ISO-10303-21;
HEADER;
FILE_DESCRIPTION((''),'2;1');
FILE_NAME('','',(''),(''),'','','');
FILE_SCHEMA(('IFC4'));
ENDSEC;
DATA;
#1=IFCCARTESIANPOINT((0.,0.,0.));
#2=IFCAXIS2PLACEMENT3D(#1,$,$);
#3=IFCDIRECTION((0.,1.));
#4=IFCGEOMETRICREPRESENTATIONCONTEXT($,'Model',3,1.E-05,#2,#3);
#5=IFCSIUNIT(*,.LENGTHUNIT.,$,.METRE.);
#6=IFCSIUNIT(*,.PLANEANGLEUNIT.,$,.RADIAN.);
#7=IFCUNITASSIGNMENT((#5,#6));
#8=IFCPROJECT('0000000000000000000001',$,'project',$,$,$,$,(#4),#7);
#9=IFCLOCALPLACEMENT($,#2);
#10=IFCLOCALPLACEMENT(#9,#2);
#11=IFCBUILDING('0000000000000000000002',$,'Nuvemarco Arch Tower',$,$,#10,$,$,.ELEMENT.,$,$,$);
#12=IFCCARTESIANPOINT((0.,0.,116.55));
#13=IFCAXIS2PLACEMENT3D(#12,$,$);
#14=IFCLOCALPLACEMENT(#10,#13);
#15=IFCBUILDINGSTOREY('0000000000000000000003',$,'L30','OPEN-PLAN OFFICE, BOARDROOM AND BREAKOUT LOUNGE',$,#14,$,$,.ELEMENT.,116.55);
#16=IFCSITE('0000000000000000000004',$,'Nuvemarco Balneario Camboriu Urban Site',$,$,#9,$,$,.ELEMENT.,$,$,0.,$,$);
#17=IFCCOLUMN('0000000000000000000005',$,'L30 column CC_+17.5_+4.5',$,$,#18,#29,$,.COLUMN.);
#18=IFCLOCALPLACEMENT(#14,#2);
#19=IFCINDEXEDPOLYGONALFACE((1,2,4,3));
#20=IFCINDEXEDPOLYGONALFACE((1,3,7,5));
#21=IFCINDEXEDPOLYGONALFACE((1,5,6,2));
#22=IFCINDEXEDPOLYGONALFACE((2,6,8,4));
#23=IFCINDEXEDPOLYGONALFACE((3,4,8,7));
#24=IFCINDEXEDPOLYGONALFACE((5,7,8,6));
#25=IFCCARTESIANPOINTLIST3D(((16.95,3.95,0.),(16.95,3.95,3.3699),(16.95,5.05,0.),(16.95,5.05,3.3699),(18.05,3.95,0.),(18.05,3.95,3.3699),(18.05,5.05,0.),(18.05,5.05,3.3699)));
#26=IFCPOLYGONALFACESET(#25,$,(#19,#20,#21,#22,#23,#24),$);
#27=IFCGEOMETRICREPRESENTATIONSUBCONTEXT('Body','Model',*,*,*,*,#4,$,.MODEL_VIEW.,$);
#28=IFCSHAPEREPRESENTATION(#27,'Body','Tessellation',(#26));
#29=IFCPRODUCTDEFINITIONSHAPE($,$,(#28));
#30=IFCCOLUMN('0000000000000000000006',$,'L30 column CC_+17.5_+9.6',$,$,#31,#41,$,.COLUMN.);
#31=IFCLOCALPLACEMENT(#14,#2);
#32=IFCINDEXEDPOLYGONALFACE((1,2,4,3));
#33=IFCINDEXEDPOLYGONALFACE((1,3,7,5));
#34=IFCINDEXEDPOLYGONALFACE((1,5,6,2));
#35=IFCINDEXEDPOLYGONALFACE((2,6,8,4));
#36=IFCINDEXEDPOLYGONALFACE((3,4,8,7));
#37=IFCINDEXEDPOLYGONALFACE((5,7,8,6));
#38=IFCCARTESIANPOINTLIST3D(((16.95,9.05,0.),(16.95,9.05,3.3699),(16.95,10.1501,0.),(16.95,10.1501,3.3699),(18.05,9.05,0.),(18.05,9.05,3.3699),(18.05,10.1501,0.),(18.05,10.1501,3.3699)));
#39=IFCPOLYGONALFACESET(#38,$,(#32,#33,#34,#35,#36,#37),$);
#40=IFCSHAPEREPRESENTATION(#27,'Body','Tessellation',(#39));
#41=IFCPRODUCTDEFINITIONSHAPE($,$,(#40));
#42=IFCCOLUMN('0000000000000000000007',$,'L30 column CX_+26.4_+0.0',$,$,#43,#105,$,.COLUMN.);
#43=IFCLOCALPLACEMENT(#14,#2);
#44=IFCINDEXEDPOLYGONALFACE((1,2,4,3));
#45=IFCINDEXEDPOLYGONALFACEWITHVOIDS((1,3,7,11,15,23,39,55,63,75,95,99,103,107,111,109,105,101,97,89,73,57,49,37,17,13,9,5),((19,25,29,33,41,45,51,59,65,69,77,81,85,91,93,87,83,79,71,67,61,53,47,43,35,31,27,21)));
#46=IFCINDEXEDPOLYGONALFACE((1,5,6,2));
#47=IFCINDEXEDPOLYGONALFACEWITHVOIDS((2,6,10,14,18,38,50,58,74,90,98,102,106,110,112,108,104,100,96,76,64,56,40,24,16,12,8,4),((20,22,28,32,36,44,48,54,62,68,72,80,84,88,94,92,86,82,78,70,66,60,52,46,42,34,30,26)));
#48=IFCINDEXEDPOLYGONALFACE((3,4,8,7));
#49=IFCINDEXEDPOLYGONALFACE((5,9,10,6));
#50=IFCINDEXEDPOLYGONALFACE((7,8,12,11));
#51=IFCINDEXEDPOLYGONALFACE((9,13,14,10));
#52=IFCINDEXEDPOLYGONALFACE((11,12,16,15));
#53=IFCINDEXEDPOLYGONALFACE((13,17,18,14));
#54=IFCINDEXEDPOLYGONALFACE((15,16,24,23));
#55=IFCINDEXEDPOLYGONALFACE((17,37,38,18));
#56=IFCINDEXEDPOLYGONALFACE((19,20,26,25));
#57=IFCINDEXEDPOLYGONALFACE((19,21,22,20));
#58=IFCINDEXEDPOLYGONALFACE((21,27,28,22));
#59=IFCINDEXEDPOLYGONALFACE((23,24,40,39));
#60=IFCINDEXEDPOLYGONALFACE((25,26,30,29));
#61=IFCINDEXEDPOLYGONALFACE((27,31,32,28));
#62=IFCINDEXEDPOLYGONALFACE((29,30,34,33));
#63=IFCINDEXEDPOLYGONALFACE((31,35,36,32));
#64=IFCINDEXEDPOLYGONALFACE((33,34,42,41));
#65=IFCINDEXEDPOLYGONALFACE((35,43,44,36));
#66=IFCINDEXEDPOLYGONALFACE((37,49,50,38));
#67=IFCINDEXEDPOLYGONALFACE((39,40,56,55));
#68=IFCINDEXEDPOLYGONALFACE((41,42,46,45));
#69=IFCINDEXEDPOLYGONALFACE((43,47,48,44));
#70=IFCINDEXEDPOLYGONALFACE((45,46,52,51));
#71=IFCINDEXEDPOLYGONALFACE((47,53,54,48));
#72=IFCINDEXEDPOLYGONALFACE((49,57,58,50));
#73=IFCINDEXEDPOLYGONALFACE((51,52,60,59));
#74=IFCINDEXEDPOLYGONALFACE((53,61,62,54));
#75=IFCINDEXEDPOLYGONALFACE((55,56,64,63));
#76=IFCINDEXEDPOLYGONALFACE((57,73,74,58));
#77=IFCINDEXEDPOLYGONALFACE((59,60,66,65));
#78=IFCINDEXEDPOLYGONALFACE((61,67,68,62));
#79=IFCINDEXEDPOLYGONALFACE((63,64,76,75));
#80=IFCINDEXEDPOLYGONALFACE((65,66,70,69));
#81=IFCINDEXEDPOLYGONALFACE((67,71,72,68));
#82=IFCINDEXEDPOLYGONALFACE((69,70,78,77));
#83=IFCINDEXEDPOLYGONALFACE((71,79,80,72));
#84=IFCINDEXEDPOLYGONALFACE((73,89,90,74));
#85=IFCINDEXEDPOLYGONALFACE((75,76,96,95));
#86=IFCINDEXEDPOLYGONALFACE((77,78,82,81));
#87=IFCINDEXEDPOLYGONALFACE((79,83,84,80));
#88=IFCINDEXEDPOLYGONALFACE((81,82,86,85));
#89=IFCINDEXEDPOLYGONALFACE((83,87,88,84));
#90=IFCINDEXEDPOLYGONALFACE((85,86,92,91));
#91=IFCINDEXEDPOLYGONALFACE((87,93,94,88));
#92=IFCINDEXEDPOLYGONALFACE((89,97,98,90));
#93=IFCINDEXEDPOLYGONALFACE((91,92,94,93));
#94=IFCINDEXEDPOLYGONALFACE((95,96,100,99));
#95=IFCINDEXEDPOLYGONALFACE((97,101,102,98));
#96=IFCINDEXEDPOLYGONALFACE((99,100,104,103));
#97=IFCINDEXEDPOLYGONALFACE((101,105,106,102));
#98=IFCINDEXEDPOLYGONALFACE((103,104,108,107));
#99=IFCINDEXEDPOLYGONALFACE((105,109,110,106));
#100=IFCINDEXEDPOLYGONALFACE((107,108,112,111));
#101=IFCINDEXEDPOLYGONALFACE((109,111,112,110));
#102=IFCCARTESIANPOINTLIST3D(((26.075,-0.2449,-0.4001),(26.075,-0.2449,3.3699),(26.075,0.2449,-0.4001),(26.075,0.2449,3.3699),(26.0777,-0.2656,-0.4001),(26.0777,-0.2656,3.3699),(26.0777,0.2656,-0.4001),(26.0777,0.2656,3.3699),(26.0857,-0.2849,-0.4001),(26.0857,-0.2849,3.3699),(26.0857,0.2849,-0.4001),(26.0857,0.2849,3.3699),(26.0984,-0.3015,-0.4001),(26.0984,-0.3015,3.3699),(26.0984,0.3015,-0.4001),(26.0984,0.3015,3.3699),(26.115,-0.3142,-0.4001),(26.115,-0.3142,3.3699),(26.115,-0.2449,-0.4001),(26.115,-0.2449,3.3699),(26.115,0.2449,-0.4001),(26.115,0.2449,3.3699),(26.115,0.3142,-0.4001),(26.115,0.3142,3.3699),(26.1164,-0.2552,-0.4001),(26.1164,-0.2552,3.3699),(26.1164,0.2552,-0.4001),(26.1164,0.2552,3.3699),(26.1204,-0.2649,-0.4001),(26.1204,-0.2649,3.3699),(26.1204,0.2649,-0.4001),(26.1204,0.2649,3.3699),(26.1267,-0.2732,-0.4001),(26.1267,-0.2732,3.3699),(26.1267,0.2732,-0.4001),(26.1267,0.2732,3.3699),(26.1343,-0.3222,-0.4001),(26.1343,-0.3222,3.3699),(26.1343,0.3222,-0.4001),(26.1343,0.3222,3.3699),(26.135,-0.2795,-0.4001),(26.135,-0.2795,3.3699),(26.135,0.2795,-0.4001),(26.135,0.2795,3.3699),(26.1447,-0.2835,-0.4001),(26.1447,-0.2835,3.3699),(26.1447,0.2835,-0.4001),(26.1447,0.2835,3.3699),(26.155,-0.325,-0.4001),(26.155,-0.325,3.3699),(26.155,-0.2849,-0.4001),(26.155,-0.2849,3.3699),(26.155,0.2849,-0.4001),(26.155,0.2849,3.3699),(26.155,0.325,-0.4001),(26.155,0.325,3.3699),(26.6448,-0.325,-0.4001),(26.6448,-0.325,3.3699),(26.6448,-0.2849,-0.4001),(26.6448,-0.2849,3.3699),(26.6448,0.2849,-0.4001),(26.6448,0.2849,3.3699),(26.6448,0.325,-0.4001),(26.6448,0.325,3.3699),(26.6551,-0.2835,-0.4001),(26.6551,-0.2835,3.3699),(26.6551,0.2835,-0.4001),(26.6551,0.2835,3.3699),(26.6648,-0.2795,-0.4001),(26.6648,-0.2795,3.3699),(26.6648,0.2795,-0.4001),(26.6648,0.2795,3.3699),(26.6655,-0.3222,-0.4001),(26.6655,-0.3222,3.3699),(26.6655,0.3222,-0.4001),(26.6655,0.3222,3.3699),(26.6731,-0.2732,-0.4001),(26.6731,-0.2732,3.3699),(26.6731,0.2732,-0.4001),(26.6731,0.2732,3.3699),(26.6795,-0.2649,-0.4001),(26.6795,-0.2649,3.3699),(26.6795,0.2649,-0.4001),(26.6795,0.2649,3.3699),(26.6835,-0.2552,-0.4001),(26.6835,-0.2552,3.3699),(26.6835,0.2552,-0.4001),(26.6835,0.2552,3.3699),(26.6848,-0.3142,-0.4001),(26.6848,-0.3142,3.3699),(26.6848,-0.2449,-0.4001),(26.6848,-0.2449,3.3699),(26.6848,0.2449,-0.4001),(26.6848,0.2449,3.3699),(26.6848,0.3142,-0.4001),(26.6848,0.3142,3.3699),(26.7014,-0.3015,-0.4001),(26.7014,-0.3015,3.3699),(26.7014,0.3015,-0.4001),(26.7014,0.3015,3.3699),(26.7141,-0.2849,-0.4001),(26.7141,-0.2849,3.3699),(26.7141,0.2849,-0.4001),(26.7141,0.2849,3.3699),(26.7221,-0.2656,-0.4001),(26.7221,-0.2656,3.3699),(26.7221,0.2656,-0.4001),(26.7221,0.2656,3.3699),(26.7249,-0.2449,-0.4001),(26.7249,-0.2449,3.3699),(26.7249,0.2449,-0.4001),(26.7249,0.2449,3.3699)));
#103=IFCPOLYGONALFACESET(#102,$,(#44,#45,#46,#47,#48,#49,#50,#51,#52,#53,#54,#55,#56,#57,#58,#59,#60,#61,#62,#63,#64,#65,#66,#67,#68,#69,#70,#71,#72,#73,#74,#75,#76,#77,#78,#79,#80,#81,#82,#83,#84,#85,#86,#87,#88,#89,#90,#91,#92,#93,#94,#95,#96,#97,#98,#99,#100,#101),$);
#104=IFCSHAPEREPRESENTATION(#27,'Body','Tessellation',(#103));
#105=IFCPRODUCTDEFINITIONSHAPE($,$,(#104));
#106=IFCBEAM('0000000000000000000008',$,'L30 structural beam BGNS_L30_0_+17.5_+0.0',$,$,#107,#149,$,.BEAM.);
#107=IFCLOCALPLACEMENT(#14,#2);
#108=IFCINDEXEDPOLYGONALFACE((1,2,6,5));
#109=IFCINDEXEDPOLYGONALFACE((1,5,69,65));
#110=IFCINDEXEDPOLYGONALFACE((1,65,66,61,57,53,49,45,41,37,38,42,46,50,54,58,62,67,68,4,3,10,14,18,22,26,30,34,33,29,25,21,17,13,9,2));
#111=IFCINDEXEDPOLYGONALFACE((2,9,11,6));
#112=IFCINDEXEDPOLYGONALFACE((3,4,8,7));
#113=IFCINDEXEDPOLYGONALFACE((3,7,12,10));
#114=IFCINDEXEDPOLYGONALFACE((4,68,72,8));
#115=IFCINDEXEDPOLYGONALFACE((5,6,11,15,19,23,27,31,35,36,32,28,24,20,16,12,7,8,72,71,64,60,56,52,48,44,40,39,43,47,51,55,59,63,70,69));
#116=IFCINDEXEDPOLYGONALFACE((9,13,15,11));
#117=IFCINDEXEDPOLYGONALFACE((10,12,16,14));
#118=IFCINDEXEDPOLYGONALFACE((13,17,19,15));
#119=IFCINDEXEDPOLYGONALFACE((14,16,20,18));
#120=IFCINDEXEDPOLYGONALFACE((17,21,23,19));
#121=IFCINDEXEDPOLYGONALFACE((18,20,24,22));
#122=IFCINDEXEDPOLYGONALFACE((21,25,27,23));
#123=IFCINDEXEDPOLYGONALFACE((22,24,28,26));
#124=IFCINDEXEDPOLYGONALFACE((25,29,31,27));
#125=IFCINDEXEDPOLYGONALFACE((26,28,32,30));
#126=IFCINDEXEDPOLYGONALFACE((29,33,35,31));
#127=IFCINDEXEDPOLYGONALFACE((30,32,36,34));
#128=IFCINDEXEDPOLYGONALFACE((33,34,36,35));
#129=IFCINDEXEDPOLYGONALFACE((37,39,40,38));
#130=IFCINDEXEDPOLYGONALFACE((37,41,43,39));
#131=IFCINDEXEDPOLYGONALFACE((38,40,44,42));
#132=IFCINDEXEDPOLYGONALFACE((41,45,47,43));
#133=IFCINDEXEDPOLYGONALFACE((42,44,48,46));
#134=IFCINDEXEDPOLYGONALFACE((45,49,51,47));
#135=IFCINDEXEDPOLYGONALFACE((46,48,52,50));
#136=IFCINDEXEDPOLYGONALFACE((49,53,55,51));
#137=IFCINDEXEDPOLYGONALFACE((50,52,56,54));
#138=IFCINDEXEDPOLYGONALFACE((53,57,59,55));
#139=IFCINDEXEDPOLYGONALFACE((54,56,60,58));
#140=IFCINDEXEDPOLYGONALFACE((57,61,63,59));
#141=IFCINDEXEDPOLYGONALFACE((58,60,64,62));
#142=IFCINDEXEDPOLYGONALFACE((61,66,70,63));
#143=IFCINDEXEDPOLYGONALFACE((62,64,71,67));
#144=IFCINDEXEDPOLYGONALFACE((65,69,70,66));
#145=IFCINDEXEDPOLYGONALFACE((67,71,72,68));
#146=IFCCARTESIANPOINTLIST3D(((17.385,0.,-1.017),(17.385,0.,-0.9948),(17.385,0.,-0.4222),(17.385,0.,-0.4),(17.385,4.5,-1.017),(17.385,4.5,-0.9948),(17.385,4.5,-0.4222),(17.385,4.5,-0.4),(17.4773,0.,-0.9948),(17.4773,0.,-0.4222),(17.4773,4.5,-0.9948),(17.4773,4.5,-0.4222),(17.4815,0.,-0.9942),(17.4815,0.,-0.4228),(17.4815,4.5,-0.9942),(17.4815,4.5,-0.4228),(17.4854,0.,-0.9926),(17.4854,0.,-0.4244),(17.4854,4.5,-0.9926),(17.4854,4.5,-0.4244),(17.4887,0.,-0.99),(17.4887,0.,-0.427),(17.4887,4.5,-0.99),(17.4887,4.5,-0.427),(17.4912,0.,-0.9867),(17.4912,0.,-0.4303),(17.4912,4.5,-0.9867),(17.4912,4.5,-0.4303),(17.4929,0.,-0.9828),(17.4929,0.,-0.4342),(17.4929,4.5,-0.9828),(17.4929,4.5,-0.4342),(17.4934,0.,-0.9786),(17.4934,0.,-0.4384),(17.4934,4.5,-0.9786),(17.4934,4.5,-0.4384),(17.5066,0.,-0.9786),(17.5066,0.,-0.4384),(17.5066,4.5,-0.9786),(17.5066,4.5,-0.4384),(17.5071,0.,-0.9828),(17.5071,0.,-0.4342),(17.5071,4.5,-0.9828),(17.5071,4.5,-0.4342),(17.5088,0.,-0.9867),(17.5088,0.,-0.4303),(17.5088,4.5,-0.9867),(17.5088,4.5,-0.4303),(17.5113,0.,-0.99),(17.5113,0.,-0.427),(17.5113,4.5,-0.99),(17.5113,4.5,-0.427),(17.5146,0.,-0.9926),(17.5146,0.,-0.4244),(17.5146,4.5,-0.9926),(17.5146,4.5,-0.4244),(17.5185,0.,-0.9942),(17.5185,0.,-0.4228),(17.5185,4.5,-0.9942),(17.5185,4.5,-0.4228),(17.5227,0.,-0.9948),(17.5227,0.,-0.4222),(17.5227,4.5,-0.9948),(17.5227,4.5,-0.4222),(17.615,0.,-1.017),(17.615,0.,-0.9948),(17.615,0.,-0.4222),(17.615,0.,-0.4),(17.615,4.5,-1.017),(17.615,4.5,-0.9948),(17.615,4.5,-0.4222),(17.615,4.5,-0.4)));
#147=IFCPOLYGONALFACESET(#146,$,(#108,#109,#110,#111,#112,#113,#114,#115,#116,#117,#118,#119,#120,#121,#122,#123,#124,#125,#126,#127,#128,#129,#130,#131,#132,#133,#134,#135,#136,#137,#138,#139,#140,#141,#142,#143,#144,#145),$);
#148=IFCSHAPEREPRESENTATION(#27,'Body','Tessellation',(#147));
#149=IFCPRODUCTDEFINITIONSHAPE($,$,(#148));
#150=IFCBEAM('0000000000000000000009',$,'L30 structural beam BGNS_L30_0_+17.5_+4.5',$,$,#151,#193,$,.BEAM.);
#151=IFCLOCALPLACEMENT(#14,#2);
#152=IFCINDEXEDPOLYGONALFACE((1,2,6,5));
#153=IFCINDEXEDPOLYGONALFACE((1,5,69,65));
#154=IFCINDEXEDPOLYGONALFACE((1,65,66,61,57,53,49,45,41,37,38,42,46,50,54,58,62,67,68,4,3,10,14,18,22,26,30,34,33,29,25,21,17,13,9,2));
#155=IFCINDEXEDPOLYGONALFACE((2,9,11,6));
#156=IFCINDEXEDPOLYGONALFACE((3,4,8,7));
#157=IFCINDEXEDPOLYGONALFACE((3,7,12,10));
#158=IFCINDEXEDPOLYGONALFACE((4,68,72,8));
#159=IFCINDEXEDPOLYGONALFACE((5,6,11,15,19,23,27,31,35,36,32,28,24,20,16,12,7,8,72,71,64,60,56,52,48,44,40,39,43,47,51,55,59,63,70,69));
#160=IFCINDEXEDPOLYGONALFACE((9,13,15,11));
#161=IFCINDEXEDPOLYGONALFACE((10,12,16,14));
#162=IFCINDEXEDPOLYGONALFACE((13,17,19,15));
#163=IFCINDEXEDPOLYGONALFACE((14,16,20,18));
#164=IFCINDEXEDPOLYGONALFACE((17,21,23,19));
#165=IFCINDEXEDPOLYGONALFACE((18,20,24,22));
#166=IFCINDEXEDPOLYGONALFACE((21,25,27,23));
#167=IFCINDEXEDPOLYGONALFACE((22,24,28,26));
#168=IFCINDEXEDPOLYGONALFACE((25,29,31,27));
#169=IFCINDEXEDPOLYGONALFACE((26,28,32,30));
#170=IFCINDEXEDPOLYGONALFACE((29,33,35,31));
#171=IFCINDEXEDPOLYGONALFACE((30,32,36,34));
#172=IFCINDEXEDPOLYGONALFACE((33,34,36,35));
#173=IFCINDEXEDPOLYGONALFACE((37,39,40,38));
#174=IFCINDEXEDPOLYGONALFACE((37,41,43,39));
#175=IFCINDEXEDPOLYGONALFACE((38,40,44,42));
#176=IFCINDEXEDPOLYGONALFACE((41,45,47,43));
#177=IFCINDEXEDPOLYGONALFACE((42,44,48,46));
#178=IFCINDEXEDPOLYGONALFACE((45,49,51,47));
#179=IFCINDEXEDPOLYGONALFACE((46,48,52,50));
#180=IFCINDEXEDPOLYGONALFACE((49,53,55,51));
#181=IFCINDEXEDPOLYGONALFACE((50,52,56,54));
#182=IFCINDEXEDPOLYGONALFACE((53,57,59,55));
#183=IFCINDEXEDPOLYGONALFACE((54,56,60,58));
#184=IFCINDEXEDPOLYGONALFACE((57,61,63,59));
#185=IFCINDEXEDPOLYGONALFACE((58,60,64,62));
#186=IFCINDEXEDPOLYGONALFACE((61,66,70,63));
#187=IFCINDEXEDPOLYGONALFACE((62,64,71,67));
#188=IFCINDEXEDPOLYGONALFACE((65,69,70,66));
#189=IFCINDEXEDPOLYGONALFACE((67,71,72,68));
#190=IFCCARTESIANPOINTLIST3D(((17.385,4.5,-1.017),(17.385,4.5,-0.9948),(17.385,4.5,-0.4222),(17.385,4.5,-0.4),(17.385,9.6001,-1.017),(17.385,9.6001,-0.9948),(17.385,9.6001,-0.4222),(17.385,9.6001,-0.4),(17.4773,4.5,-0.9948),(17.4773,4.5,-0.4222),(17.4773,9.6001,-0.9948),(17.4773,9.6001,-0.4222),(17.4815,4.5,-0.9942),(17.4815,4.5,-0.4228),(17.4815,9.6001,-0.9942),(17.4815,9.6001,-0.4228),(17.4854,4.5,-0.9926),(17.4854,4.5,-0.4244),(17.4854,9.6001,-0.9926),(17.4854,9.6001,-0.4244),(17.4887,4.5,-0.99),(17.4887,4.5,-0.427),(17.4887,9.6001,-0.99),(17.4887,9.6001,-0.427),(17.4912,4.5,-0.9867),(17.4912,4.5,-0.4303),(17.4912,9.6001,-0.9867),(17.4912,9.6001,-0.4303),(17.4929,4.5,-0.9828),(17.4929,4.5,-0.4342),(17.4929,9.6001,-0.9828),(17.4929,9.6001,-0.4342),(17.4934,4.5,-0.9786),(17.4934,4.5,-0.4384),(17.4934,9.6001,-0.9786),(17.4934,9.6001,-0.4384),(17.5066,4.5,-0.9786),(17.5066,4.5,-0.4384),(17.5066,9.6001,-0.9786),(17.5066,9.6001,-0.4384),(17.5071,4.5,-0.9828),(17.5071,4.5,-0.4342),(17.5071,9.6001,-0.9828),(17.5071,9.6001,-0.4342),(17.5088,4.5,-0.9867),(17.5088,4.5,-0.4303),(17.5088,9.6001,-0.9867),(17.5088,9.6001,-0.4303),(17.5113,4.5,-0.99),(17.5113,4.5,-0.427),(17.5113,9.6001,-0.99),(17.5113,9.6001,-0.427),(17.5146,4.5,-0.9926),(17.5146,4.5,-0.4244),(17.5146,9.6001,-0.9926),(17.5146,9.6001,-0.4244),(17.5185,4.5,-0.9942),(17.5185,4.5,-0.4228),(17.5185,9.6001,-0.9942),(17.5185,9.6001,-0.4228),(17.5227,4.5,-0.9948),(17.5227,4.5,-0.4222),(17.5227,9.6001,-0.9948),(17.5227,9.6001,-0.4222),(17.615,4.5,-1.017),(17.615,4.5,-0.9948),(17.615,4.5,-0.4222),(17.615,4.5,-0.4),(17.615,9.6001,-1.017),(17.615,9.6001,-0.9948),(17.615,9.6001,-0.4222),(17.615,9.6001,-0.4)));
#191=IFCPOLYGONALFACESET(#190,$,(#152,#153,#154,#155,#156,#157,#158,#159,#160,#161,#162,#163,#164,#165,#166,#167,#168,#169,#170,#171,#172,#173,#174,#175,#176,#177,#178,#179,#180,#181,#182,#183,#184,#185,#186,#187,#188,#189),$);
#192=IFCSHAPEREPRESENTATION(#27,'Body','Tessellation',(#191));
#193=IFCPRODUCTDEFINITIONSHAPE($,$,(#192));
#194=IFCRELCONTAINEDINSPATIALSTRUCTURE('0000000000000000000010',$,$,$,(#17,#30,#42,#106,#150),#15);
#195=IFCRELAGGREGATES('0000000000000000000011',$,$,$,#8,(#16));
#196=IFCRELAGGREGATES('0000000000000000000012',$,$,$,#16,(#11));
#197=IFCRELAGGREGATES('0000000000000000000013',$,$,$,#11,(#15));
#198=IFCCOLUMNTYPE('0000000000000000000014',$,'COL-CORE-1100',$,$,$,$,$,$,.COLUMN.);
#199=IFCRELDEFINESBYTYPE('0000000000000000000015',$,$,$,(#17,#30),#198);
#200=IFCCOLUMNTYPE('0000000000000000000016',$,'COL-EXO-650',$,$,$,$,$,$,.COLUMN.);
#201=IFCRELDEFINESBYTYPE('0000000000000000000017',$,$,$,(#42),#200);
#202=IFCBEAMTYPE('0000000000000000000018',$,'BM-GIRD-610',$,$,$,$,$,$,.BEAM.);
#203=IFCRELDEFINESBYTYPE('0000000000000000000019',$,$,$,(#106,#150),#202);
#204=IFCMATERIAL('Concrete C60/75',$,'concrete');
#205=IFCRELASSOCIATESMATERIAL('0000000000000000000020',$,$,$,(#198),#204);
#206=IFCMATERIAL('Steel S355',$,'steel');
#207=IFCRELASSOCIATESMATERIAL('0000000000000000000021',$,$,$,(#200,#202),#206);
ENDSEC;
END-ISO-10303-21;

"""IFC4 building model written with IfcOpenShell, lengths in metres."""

from ifc_helpers import new_model, si_unit, direction, frame, origin, origin_2d, place, context, subcontext, project, spatial, rectangle, hollow_rectangle, i_section, extrude, material, material_profile, profile_set, type_object, element, save


model = new_model("IFC4")

# Units and contexts
model_context = context("Model", 3, precision=1e-05, world=origin(), true_north=direction((0.0, 1.0)))
body_context = subcontext(model_context, "Body", "Model", "MODEL_VIEW")
ifc_project = project(units=[si_unit("LENGTHUNIT", "METRE"), si_unit("PLANEANGLEUNIT", "RADIAN")], contexts=[model_context])

# Site, building, storey
site_placement = place(None, origin())
site = spatial("IfcSite", under=ifc_project, at=site_placement, Name="Nuvemarco Balneario Camboriu Urban Site", CompositionType="ELEMENT", RefElevation=0.0)
building_placement = place(site_placement, origin())
building = spatial("IfcBuilding", under=site, at=building_placement, Name="Nuvemarco Arch Tower", CompositionType="ELEMENT")
storey_placement = place(building_placement, frame((0.0, 0.0, 116.55)))
storey = spatial("IfcBuildingStorey", under=building, at=storey_placement, Name="L30", Description="OPEN-PLAN OFFICE, BOARDROOM AND BREAKOUT LOUNGE", CompositionType="ELEMENT", Elevation=116.55)

# Columns
ifc_material_1 = material(Name="Concrete C60/75", Category="concrete")
ifc_material_profile_1 = material_profile(ifc_material_1, rectangle(XDim=1.1001, YDim=1.1001, at=origin_2d()), Name="RC-COL-1100x1100")
ifc_profile_set_1 = profile_set([ifc_material_profile_1], Name="Concrete C60/75")
column_type_1 = type_object("IfcColumnType", Name="COL-CORE-1100", PredefinedType="COLUMN", material=ifc_profile_set_1)
for number, where, z_axis, x_axis, name in (
    (1, (17.5, 4.5, 0.0), (0.0, 0.0, 1.0), (1.0, 0.0, 0.0), "L30 column CC_+17.5_+4.5"),
    (2, (17.5, 9.6001, 0.0), (0.0, 0.0, 1.0), (1.0, 0.0, 0.0), "L30 column CC_+17.5_+9.6"),
):
    element("IfcColumn", number, at=place(storey_placement, frame(where, z_axis=z_axis, x_axis=x_axis)), inside=storey, type_object=column_type_1, Name=name, PredefinedType="COLUMN", context=body_context, shape_type="SweptSolid", body=[
        extrude(rectangle(XDim=1.1001, YDim=1.1001, at=origin_2d()), origin(), (0.0, 0.0, 1.0), 3.3699),
    ])
ifc_material_2 = material(Name="Steel S355", Category="steel")
ifc_material_profile_2 = material_profile(ifc_material_2, hollow_rectangle(XDim=0.6499, YDim=0.6499, WallThickness=0.04, InnerFilletRadius=0.04, OuterFilletRadius=0.0801, at=origin_2d()), Name="SHS650x650x40")
ifc_profile_set_2 = profile_set([ifc_material_profile_2], Name="Steel S355")
column_type_2 = type_object("IfcColumnType", Name="COL-EXO-650", PredefinedType="COLUMN", material=ifc_profile_set_2)
column_placement = place(storey_placement, frame((26.3999, 0.0, -0.4001), z_axis=(0.0, 0.0, 1.0), x_axis=(1.0, 0.0, 0.0)))
element("IfcColumn", 3, at=column_placement, inside=storey, type_object=column_type_2, Name="L30 column CX_+26.4_+0.0", PredefinedType="COLUMN", context=body_context, shape_type="SweptSolid", body=[
    extrude(hollow_rectangle(XDim=0.6499, YDim=0.6499, WallThickness=0.04, InnerFilletRadius=0.04, OuterFilletRadius=0.0801, at=origin_2d()), origin(), (0.0, 0.0, 1.0), 3.77),
])

# Beams
ifc_material_profile_3 = material_profile(ifc_material_2, i_section(OverallWidth=0.23, OverallDepth=0.6169, WebThickness=0.0132, FlangeThickness=0.0222, FilletRadius=0.0161, at=origin_2d()), Name="W610x140")
ifc_profile_set_3 = profile_set([ifc_material_profile_3], Name="Steel S355")
beam_type_1 = type_object("IfcBeamType", Name="BM-GIRD-610", PredefinedType="BEAM", material=ifc_profile_set_3)
beam_1_placement = place(storey_placement, frame((17.5, 0.0, -0.7085), z_axis=(0.0, 1.0, 0.0), x_axis=(-1.0, 0.0, 0.0)))
element("IfcBeam", 4, at=beam_1_placement, inside=storey, type_object=beam_type_1, Name="L30 structural beam BGNS_L30_0_+17.5_+0.0", PredefinedType="BEAM", context=body_context, shape_type="SweptSolid", body=[
    extrude(i_section(OverallWidth=0.23, OverallDepth=0.6169, WebThickness=0.0132, FlangeThickness=0.0222, FilletRadius=0.0161, at=origin_2d()), origin(), (0.0, 0.0, 1.0), 4.5),
])
beam_2_placement = place(storey_placement, frame((17.5, 4.5, -0.7085), z_axis=(0.0, 1.0, 0.0), x_axis=(-1.0, 0.0, 0.0)))
element("IfcBeam", 5, at=beam_2_placement, inside=storey, type_object=beam_type_1, Name="L30 structural beam BGNS_L30_0_+17.5_+4.5", PredefinedType="BEAM", context=body_context, shape_type="SweptSolid", body=[
    extrude(i_section(OverallWidth=0.23, OverallDepth=0.6169, WebThickness=0.0132, FlangeThickness=0.0222, FilletRadius=0.0161, at=origin_2d()), origin(), (0.0, 0.0, 1.0), 5.1001),
])

save(model, "model.ifc")
